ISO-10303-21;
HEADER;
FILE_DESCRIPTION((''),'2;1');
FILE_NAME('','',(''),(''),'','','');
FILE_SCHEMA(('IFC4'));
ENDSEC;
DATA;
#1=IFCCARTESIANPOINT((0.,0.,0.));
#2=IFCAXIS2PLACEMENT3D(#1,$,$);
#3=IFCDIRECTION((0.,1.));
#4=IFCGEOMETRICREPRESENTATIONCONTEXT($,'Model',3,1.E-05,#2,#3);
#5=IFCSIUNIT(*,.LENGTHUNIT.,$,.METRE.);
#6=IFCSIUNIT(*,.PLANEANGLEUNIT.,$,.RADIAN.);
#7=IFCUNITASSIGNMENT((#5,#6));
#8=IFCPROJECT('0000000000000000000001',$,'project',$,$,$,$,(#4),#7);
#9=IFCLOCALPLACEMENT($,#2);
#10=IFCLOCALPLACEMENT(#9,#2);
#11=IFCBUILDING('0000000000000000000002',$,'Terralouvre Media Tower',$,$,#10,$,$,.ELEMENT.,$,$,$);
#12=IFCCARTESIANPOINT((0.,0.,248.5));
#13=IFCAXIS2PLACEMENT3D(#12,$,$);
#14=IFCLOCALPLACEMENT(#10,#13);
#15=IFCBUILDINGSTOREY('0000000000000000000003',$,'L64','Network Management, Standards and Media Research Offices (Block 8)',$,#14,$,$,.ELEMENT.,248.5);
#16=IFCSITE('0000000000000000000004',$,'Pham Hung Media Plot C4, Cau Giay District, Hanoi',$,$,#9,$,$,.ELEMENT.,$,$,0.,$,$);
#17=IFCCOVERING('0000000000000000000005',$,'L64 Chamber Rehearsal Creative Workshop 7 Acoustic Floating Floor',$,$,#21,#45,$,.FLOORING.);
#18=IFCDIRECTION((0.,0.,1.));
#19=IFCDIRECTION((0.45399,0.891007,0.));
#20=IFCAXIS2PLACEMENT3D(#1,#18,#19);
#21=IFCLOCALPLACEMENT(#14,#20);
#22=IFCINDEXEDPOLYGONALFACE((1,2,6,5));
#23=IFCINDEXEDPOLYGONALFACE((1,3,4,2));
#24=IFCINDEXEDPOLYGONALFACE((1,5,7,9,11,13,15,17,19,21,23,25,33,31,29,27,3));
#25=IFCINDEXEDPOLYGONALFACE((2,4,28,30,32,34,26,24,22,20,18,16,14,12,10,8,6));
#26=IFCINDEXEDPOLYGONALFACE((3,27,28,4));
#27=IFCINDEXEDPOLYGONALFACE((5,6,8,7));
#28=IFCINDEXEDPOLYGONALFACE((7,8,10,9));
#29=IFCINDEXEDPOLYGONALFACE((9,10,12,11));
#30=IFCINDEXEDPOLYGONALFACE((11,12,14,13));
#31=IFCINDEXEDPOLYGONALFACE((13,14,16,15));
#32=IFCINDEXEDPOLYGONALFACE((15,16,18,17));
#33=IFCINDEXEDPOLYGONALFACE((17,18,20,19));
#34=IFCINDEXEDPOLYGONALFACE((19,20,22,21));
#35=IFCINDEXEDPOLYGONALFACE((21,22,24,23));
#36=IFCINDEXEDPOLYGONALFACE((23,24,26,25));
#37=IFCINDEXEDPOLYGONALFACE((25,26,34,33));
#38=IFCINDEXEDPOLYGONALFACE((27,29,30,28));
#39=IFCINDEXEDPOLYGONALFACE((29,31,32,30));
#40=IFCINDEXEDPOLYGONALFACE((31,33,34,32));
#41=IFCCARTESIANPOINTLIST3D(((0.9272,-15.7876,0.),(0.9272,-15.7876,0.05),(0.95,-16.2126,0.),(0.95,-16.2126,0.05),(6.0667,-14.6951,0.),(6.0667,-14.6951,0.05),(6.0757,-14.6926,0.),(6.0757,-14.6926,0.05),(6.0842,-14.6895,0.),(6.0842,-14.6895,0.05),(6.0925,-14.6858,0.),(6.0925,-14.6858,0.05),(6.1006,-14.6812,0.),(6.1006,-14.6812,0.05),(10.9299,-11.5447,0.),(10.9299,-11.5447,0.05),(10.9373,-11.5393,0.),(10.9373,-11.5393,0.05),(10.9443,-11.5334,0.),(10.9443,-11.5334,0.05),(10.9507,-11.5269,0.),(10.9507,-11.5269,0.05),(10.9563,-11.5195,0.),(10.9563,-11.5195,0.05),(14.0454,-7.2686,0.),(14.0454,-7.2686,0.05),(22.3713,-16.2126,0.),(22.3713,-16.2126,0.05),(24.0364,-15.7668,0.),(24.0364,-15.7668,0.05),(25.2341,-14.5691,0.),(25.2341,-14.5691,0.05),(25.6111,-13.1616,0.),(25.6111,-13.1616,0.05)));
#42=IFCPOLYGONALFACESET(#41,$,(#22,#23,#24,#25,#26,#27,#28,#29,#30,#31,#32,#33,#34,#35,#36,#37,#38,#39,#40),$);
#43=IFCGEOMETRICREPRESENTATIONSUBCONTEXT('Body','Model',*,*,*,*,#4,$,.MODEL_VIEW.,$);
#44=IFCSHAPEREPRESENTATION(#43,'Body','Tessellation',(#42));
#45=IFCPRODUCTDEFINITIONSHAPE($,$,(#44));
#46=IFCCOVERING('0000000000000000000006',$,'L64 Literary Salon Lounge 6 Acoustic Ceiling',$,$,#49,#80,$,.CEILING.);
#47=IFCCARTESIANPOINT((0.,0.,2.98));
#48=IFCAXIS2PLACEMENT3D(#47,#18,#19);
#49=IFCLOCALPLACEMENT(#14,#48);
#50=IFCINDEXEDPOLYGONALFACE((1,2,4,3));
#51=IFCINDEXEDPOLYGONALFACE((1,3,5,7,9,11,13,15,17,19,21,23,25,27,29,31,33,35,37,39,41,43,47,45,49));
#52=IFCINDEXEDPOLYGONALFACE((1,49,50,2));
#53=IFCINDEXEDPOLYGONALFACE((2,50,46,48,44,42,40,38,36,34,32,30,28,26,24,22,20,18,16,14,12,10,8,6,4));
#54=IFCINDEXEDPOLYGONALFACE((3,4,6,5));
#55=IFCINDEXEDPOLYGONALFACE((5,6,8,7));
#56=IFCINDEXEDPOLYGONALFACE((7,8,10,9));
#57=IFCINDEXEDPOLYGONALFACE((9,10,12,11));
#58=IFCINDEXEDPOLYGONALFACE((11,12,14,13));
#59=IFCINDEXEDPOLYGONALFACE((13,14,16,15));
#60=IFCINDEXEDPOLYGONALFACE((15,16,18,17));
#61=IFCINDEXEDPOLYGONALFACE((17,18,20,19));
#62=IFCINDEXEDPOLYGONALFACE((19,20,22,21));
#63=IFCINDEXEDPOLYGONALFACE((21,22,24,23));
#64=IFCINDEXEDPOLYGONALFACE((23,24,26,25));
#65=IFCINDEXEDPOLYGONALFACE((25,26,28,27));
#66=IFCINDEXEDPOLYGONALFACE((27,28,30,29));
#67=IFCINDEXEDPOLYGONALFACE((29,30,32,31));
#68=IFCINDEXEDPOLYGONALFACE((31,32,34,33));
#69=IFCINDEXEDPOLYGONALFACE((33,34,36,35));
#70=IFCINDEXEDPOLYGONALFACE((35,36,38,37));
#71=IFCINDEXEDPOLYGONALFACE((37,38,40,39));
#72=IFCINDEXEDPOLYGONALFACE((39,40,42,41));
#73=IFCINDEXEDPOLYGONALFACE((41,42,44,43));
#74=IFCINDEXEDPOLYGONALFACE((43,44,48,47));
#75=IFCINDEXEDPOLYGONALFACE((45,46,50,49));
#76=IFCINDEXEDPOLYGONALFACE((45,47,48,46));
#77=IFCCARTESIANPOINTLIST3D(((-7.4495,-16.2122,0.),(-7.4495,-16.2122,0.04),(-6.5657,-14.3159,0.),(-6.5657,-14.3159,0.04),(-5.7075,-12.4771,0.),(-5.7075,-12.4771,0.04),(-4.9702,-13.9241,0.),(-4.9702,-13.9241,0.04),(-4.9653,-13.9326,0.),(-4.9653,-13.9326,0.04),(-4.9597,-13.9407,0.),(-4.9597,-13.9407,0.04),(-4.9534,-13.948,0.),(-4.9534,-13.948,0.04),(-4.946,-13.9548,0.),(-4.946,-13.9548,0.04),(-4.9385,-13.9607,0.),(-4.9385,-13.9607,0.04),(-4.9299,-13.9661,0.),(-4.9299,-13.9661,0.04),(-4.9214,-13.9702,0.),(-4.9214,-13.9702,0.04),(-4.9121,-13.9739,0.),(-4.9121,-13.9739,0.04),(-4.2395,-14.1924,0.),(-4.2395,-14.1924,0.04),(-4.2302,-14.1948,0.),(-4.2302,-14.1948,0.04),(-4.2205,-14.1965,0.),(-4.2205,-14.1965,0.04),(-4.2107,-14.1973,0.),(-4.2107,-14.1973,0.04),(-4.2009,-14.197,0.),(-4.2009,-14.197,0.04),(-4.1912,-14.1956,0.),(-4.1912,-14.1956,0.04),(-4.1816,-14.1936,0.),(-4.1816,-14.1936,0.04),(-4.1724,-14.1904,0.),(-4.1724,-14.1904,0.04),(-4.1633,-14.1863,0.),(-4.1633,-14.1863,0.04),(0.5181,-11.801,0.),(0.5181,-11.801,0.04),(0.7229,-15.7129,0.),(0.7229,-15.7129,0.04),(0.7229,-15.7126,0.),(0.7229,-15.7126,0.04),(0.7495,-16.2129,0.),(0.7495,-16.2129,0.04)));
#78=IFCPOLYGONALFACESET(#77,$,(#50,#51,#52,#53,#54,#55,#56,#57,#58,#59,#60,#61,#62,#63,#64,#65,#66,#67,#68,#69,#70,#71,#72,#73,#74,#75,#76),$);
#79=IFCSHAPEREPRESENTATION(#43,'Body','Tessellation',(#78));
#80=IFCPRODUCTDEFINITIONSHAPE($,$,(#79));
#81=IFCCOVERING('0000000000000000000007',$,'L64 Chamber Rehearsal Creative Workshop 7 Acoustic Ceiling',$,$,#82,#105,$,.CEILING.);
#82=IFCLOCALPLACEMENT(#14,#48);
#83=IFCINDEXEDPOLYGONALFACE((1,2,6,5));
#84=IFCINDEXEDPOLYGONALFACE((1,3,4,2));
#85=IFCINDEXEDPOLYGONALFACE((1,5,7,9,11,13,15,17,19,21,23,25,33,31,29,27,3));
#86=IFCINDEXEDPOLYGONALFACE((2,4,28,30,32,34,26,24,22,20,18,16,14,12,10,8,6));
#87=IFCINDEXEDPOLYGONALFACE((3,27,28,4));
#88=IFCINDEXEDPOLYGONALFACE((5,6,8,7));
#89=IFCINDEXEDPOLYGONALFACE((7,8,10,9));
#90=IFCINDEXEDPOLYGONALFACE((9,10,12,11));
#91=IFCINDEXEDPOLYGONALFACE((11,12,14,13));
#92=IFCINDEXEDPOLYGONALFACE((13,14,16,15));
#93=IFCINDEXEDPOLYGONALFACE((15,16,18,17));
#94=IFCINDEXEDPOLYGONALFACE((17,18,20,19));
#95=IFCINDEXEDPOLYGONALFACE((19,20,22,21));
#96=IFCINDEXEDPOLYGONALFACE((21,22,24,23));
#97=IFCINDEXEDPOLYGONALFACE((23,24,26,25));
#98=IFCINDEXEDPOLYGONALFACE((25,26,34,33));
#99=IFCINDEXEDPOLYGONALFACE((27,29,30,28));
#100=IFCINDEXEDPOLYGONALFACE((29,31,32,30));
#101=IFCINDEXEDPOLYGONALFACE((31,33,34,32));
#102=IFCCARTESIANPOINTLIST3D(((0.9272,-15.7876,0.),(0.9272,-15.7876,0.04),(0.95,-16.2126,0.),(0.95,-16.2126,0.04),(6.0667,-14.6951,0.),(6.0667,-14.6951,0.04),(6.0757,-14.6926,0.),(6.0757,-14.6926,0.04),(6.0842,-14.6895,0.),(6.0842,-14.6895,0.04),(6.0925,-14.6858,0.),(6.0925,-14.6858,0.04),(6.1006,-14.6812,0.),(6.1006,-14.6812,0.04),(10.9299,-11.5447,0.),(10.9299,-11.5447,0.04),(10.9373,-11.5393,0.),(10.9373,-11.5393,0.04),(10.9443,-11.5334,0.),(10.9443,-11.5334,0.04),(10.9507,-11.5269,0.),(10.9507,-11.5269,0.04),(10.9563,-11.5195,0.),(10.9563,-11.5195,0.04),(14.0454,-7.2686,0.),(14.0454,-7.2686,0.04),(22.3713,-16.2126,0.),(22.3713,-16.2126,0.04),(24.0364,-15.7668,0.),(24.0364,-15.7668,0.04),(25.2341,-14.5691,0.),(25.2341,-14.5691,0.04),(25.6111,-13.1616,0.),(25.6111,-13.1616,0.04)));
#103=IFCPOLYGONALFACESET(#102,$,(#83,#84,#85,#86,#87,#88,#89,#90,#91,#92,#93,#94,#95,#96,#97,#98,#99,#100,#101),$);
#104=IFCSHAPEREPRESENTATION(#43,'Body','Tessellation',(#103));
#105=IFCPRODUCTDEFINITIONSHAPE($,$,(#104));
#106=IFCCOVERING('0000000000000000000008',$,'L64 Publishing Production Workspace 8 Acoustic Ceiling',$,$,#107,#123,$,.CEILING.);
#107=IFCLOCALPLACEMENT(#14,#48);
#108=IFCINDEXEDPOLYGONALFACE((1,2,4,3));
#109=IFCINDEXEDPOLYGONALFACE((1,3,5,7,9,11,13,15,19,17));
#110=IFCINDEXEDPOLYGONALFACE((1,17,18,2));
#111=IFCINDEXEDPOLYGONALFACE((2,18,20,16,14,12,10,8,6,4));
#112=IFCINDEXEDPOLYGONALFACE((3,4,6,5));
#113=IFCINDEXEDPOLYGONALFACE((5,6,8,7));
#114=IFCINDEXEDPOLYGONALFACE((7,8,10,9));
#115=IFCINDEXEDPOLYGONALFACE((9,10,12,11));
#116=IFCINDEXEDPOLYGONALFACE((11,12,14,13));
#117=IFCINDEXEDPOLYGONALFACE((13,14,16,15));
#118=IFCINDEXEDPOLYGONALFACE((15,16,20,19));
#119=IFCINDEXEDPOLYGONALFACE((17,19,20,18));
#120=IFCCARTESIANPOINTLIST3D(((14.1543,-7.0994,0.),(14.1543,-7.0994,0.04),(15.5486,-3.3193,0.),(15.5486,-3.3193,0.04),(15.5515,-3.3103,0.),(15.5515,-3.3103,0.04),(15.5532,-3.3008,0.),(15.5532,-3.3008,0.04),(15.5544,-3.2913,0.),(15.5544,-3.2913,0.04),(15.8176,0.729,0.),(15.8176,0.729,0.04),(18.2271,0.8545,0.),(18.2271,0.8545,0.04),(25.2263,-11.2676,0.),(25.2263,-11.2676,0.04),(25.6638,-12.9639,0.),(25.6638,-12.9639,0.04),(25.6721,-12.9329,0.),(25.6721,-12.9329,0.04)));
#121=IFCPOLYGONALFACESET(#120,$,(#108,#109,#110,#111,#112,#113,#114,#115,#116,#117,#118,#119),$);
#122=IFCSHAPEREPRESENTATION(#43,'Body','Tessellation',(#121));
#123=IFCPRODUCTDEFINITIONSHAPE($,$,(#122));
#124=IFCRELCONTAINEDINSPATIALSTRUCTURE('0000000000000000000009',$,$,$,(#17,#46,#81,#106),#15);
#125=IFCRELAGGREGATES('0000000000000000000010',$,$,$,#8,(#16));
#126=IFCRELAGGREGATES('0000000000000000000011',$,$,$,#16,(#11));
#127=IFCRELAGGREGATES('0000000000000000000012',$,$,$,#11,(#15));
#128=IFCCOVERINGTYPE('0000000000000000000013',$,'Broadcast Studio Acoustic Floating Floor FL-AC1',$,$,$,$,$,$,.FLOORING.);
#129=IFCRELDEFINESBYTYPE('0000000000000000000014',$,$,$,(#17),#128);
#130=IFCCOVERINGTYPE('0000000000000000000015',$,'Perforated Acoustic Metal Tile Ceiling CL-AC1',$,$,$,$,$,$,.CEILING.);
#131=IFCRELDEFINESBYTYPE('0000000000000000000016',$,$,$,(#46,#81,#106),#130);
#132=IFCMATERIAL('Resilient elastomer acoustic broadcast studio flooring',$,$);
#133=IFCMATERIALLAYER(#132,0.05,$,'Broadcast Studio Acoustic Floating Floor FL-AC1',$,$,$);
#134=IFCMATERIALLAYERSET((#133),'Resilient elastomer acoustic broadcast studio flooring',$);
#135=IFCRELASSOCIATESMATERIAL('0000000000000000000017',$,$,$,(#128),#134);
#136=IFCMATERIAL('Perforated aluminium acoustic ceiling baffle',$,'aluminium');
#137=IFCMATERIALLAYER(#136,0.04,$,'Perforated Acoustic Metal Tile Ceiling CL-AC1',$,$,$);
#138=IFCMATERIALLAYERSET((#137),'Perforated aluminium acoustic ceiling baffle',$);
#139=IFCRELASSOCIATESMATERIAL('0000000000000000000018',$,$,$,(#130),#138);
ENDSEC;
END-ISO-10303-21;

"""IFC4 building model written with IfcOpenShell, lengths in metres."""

from ifc_helpers import new_model, si_unit, direction, frame, origin, place, context, subcontext, project, spatial, polyline, outline, extrude, material, layer, layer_set, type_object, element, save


model = new_model("IFC4")

# Units and contexts
model_context = context("Model", 3, precision=1e-05, world=origin(), true_north=direction((0.0, 1.0)))
body_context = subcontext(model_context, "Body", "Model", "MODEL_VIEW")
ifc_project = project(units=[si_unit("LENGTHUNIT", "METRE"), si_unit("PLANEANGLEUNIT", "RADIAN")], contexts=[model_context])

# Site, building, storey
site_placement = place(None, origin())
site = spatial("IfcSite", under=ifc_project, at=site_placement, Name="Pham Hung Media Plot C4, Cau Giay District, Hanoi", CompositionType="ELEMENT", RefElevation=0.0)
building_placement = place(site_placement, origin())
building = spatial("IfcBuilding", under=site, at=building_placement, Name="Terralouvre Media Tower", CompositionType="ELEMENT")
storey_placement = place(building_placement, frame((0.0, 0.0, 248.5)))
storey = spatial("IfcBuildingStorey", under=building, at=storey_placement, Name="L64", Description="Network Management, Standards and Media Research Offices (Block 8)", CompositionType="ELEMENT", Elevation=248.5)

# Coverings
ifc_material_1 = material(Name="Resilient elastomer acoustic broadcast studio flooring")
ifc_layer_1 = layer(ifc_material_1, 0.05, Name="Broadcast Studio Acoustic Floating Floor FL-AC1")
ifc_layer_set_1 = layer_set([ifc_layer_1], Name="Resilient elastomer acoustic broadcast studio flooring")
covering_type_1 = type_object("IfcCoveringType", Name="Broadcast Studio Acoustic Floating Floor FL-AC1", PredefinedType="FLOORING", material=ifc_layer_set_1)
covering_1_placement = place(storey_placement, frame((0.0, 0.0, 0.0), z_axis=(0.0, 0.0, 1.0), x_axis=(0.45399, 0.891007, 0.0)))
element("IfcCovering", 1, at=covering_1_placement, inside=storey, type_object=covering_type_1, Name="L64 Chamber Rehearsal Creative Workshop 7 Acoustic Floating Floor", PredefinedType="FLOORING", context=body_context, shape_type="SweptSolid", body=[
    extrude(outline(polyline([(10.9563, -11.5195), (10.9507, -11.5269), (10.9443, -11.5334), (10.9373, -11.5393), (10.9299, -11.5447), (6.1006, -14.6812), (6.0925, -14.6858), (6.0842, -14.6895), (6.0757, -14.6926), (6.0667, -14.6951), (0.9272, -15.7876), (0.95, -16.2126), (22.3713, -16.2126), (24.0364, -15.7668), (25.2341, -14.5691), (25.6111, -13.1616), (14.0454, -7.2686), (10.9563, -11.5195)])), origin(), (0.0, 0.0, 1.0), 0.05),
])
ifc_material_2 = material(Name="Perforated aluminium acoustic ceiling baffle", Category="aluminium")
ifc_layer_2 = layer(ifc_material_2, 0.04, Name="Perforated Acoustic Metal Tile Ceiling CL-AC1")
ifc_layer_set_2 = layer_set([ifc_layer_2], Name="Perforated aluminium acoustic ceiling baffle")
covering_type_2 = type_object("IfcCoveringType", Name="Perforated Acoustic Metal Tile Ceiling CL-AC1", PredefinedType="CEILING", material=ifc_layer_set_2)
covering_2_placement = place(storey_placement, frame((0.0, 0.0, 2.98), z_axis=(0.0, 0.0, 1.0), x_axis=(0.45399, 0.891007, 0.0)))
element("IfcCovering", 2, at=covering_2_placement, inside=storey, type_object=covering_type_2, Name="L64 Literary Salon Lounge 6 Acoustic Ceiling", PredefinedType="CEILING", context=body_context, shape_type="SweptSolid", body=[
    extrude(outline(polyline([(0.7229, -15.7126), (0.5181, -11.801), (-4.1633, -14.1863), (-4.1724, -14.1904), (-4.1816, -14.1936), (-4.1912, -14.1956), (-4.2009, -14.197), (-4.2107, -14.1973), (-4.2205, -14.1965), (-4.2302, -14.1948), (-4.2395, -14.1924), (-4.9121, -13.9739), (-4.9214, -13.9702), (-4.9299, -13.9661), (-4.9385, -13.9607), (-4.946, -13.9548), (-4.9534, -13.948), (-4.9597, -13.9407), (-4.9653, -13.9326), (-4.9702, -13.9241), (-5.7075, -12.4771), (-6.5657, -14.3159), (-7.4495, -16.2122), (0.7495, -16.2129), (0.7229, -15.7129), (0.7229, -15.7126)])), origin(), (0.0, 0.0, 1.0), 0.04),
])
covering_3_placement = place(storey_placement, frame((0.0, 0.0, 2.98), z_axis=(0.0, 0.0, 1.0), x_axis=(0.45399, 0.891007, 0.0)))
element("IfcCovering", 3, at=covering_3_placement, inside=storey, type_object=covering_type_2, Name="L64 Chamber Rehearsal Creative Workshop 7 Acoustic Ceiling", PredefinedType="CEILING", context=body_context, shape_type="SweptSolid", body=[
    extrude(outline(polyline([(10.9563, -11.5195), (10.9507, -11.5269), (10.9443, -11.5334), (10.9373, -11.5393), (10.9299, -11.5447), (6.1006, -14.6812), (6.0925, -14.6858), (6.0842, -14.6895), (6.0757, -14.6926), (6.0667, -14.6951), (0.9272, -15.7876), (0.95, -16.2126), (22.3713, -16.2126), (24.0364, -15.7668), (25.2341, -14.5691), (25.6111, -13.1616), (14.0454, -7.2686), (10.9563, -11.5195)])), origin(), (0.0, 0.0, 1.0), 0.04),
])
covering_4_placement = place(storey_placement, frame((0.0, 0.0, 2.98), z_axis=(0.0, 0.0, 1.0), x_axis=(0.45399, 0.891007, 0.0)))
element("IfcCovering", 4, at=covering_4_placement, inside=storey, type_object=covering_type_2, Name="L64 Publishing Production Workspace 8 Acoustic Ceiling", PredefinedType="CEILING", context=body_context, shape_type="SweptSolid", body=[
    extrude(outline(polyline([(15.5544, -3.2913), (15.5532, -3.3008), (15.5515, -3.3103), (15.5486, -3.3193), (14.1543, -7.0994), (25.6638, -12.9639), (25.6721, -12.9329), (25.2263, -11.2676), (18.2271, 0.8545), (15.8176, 0.729), (15.5544, -3.2913)])), origin(), (0.0, 0.0, 1.0), 0.04),
])

save(model, "model.ifc")
